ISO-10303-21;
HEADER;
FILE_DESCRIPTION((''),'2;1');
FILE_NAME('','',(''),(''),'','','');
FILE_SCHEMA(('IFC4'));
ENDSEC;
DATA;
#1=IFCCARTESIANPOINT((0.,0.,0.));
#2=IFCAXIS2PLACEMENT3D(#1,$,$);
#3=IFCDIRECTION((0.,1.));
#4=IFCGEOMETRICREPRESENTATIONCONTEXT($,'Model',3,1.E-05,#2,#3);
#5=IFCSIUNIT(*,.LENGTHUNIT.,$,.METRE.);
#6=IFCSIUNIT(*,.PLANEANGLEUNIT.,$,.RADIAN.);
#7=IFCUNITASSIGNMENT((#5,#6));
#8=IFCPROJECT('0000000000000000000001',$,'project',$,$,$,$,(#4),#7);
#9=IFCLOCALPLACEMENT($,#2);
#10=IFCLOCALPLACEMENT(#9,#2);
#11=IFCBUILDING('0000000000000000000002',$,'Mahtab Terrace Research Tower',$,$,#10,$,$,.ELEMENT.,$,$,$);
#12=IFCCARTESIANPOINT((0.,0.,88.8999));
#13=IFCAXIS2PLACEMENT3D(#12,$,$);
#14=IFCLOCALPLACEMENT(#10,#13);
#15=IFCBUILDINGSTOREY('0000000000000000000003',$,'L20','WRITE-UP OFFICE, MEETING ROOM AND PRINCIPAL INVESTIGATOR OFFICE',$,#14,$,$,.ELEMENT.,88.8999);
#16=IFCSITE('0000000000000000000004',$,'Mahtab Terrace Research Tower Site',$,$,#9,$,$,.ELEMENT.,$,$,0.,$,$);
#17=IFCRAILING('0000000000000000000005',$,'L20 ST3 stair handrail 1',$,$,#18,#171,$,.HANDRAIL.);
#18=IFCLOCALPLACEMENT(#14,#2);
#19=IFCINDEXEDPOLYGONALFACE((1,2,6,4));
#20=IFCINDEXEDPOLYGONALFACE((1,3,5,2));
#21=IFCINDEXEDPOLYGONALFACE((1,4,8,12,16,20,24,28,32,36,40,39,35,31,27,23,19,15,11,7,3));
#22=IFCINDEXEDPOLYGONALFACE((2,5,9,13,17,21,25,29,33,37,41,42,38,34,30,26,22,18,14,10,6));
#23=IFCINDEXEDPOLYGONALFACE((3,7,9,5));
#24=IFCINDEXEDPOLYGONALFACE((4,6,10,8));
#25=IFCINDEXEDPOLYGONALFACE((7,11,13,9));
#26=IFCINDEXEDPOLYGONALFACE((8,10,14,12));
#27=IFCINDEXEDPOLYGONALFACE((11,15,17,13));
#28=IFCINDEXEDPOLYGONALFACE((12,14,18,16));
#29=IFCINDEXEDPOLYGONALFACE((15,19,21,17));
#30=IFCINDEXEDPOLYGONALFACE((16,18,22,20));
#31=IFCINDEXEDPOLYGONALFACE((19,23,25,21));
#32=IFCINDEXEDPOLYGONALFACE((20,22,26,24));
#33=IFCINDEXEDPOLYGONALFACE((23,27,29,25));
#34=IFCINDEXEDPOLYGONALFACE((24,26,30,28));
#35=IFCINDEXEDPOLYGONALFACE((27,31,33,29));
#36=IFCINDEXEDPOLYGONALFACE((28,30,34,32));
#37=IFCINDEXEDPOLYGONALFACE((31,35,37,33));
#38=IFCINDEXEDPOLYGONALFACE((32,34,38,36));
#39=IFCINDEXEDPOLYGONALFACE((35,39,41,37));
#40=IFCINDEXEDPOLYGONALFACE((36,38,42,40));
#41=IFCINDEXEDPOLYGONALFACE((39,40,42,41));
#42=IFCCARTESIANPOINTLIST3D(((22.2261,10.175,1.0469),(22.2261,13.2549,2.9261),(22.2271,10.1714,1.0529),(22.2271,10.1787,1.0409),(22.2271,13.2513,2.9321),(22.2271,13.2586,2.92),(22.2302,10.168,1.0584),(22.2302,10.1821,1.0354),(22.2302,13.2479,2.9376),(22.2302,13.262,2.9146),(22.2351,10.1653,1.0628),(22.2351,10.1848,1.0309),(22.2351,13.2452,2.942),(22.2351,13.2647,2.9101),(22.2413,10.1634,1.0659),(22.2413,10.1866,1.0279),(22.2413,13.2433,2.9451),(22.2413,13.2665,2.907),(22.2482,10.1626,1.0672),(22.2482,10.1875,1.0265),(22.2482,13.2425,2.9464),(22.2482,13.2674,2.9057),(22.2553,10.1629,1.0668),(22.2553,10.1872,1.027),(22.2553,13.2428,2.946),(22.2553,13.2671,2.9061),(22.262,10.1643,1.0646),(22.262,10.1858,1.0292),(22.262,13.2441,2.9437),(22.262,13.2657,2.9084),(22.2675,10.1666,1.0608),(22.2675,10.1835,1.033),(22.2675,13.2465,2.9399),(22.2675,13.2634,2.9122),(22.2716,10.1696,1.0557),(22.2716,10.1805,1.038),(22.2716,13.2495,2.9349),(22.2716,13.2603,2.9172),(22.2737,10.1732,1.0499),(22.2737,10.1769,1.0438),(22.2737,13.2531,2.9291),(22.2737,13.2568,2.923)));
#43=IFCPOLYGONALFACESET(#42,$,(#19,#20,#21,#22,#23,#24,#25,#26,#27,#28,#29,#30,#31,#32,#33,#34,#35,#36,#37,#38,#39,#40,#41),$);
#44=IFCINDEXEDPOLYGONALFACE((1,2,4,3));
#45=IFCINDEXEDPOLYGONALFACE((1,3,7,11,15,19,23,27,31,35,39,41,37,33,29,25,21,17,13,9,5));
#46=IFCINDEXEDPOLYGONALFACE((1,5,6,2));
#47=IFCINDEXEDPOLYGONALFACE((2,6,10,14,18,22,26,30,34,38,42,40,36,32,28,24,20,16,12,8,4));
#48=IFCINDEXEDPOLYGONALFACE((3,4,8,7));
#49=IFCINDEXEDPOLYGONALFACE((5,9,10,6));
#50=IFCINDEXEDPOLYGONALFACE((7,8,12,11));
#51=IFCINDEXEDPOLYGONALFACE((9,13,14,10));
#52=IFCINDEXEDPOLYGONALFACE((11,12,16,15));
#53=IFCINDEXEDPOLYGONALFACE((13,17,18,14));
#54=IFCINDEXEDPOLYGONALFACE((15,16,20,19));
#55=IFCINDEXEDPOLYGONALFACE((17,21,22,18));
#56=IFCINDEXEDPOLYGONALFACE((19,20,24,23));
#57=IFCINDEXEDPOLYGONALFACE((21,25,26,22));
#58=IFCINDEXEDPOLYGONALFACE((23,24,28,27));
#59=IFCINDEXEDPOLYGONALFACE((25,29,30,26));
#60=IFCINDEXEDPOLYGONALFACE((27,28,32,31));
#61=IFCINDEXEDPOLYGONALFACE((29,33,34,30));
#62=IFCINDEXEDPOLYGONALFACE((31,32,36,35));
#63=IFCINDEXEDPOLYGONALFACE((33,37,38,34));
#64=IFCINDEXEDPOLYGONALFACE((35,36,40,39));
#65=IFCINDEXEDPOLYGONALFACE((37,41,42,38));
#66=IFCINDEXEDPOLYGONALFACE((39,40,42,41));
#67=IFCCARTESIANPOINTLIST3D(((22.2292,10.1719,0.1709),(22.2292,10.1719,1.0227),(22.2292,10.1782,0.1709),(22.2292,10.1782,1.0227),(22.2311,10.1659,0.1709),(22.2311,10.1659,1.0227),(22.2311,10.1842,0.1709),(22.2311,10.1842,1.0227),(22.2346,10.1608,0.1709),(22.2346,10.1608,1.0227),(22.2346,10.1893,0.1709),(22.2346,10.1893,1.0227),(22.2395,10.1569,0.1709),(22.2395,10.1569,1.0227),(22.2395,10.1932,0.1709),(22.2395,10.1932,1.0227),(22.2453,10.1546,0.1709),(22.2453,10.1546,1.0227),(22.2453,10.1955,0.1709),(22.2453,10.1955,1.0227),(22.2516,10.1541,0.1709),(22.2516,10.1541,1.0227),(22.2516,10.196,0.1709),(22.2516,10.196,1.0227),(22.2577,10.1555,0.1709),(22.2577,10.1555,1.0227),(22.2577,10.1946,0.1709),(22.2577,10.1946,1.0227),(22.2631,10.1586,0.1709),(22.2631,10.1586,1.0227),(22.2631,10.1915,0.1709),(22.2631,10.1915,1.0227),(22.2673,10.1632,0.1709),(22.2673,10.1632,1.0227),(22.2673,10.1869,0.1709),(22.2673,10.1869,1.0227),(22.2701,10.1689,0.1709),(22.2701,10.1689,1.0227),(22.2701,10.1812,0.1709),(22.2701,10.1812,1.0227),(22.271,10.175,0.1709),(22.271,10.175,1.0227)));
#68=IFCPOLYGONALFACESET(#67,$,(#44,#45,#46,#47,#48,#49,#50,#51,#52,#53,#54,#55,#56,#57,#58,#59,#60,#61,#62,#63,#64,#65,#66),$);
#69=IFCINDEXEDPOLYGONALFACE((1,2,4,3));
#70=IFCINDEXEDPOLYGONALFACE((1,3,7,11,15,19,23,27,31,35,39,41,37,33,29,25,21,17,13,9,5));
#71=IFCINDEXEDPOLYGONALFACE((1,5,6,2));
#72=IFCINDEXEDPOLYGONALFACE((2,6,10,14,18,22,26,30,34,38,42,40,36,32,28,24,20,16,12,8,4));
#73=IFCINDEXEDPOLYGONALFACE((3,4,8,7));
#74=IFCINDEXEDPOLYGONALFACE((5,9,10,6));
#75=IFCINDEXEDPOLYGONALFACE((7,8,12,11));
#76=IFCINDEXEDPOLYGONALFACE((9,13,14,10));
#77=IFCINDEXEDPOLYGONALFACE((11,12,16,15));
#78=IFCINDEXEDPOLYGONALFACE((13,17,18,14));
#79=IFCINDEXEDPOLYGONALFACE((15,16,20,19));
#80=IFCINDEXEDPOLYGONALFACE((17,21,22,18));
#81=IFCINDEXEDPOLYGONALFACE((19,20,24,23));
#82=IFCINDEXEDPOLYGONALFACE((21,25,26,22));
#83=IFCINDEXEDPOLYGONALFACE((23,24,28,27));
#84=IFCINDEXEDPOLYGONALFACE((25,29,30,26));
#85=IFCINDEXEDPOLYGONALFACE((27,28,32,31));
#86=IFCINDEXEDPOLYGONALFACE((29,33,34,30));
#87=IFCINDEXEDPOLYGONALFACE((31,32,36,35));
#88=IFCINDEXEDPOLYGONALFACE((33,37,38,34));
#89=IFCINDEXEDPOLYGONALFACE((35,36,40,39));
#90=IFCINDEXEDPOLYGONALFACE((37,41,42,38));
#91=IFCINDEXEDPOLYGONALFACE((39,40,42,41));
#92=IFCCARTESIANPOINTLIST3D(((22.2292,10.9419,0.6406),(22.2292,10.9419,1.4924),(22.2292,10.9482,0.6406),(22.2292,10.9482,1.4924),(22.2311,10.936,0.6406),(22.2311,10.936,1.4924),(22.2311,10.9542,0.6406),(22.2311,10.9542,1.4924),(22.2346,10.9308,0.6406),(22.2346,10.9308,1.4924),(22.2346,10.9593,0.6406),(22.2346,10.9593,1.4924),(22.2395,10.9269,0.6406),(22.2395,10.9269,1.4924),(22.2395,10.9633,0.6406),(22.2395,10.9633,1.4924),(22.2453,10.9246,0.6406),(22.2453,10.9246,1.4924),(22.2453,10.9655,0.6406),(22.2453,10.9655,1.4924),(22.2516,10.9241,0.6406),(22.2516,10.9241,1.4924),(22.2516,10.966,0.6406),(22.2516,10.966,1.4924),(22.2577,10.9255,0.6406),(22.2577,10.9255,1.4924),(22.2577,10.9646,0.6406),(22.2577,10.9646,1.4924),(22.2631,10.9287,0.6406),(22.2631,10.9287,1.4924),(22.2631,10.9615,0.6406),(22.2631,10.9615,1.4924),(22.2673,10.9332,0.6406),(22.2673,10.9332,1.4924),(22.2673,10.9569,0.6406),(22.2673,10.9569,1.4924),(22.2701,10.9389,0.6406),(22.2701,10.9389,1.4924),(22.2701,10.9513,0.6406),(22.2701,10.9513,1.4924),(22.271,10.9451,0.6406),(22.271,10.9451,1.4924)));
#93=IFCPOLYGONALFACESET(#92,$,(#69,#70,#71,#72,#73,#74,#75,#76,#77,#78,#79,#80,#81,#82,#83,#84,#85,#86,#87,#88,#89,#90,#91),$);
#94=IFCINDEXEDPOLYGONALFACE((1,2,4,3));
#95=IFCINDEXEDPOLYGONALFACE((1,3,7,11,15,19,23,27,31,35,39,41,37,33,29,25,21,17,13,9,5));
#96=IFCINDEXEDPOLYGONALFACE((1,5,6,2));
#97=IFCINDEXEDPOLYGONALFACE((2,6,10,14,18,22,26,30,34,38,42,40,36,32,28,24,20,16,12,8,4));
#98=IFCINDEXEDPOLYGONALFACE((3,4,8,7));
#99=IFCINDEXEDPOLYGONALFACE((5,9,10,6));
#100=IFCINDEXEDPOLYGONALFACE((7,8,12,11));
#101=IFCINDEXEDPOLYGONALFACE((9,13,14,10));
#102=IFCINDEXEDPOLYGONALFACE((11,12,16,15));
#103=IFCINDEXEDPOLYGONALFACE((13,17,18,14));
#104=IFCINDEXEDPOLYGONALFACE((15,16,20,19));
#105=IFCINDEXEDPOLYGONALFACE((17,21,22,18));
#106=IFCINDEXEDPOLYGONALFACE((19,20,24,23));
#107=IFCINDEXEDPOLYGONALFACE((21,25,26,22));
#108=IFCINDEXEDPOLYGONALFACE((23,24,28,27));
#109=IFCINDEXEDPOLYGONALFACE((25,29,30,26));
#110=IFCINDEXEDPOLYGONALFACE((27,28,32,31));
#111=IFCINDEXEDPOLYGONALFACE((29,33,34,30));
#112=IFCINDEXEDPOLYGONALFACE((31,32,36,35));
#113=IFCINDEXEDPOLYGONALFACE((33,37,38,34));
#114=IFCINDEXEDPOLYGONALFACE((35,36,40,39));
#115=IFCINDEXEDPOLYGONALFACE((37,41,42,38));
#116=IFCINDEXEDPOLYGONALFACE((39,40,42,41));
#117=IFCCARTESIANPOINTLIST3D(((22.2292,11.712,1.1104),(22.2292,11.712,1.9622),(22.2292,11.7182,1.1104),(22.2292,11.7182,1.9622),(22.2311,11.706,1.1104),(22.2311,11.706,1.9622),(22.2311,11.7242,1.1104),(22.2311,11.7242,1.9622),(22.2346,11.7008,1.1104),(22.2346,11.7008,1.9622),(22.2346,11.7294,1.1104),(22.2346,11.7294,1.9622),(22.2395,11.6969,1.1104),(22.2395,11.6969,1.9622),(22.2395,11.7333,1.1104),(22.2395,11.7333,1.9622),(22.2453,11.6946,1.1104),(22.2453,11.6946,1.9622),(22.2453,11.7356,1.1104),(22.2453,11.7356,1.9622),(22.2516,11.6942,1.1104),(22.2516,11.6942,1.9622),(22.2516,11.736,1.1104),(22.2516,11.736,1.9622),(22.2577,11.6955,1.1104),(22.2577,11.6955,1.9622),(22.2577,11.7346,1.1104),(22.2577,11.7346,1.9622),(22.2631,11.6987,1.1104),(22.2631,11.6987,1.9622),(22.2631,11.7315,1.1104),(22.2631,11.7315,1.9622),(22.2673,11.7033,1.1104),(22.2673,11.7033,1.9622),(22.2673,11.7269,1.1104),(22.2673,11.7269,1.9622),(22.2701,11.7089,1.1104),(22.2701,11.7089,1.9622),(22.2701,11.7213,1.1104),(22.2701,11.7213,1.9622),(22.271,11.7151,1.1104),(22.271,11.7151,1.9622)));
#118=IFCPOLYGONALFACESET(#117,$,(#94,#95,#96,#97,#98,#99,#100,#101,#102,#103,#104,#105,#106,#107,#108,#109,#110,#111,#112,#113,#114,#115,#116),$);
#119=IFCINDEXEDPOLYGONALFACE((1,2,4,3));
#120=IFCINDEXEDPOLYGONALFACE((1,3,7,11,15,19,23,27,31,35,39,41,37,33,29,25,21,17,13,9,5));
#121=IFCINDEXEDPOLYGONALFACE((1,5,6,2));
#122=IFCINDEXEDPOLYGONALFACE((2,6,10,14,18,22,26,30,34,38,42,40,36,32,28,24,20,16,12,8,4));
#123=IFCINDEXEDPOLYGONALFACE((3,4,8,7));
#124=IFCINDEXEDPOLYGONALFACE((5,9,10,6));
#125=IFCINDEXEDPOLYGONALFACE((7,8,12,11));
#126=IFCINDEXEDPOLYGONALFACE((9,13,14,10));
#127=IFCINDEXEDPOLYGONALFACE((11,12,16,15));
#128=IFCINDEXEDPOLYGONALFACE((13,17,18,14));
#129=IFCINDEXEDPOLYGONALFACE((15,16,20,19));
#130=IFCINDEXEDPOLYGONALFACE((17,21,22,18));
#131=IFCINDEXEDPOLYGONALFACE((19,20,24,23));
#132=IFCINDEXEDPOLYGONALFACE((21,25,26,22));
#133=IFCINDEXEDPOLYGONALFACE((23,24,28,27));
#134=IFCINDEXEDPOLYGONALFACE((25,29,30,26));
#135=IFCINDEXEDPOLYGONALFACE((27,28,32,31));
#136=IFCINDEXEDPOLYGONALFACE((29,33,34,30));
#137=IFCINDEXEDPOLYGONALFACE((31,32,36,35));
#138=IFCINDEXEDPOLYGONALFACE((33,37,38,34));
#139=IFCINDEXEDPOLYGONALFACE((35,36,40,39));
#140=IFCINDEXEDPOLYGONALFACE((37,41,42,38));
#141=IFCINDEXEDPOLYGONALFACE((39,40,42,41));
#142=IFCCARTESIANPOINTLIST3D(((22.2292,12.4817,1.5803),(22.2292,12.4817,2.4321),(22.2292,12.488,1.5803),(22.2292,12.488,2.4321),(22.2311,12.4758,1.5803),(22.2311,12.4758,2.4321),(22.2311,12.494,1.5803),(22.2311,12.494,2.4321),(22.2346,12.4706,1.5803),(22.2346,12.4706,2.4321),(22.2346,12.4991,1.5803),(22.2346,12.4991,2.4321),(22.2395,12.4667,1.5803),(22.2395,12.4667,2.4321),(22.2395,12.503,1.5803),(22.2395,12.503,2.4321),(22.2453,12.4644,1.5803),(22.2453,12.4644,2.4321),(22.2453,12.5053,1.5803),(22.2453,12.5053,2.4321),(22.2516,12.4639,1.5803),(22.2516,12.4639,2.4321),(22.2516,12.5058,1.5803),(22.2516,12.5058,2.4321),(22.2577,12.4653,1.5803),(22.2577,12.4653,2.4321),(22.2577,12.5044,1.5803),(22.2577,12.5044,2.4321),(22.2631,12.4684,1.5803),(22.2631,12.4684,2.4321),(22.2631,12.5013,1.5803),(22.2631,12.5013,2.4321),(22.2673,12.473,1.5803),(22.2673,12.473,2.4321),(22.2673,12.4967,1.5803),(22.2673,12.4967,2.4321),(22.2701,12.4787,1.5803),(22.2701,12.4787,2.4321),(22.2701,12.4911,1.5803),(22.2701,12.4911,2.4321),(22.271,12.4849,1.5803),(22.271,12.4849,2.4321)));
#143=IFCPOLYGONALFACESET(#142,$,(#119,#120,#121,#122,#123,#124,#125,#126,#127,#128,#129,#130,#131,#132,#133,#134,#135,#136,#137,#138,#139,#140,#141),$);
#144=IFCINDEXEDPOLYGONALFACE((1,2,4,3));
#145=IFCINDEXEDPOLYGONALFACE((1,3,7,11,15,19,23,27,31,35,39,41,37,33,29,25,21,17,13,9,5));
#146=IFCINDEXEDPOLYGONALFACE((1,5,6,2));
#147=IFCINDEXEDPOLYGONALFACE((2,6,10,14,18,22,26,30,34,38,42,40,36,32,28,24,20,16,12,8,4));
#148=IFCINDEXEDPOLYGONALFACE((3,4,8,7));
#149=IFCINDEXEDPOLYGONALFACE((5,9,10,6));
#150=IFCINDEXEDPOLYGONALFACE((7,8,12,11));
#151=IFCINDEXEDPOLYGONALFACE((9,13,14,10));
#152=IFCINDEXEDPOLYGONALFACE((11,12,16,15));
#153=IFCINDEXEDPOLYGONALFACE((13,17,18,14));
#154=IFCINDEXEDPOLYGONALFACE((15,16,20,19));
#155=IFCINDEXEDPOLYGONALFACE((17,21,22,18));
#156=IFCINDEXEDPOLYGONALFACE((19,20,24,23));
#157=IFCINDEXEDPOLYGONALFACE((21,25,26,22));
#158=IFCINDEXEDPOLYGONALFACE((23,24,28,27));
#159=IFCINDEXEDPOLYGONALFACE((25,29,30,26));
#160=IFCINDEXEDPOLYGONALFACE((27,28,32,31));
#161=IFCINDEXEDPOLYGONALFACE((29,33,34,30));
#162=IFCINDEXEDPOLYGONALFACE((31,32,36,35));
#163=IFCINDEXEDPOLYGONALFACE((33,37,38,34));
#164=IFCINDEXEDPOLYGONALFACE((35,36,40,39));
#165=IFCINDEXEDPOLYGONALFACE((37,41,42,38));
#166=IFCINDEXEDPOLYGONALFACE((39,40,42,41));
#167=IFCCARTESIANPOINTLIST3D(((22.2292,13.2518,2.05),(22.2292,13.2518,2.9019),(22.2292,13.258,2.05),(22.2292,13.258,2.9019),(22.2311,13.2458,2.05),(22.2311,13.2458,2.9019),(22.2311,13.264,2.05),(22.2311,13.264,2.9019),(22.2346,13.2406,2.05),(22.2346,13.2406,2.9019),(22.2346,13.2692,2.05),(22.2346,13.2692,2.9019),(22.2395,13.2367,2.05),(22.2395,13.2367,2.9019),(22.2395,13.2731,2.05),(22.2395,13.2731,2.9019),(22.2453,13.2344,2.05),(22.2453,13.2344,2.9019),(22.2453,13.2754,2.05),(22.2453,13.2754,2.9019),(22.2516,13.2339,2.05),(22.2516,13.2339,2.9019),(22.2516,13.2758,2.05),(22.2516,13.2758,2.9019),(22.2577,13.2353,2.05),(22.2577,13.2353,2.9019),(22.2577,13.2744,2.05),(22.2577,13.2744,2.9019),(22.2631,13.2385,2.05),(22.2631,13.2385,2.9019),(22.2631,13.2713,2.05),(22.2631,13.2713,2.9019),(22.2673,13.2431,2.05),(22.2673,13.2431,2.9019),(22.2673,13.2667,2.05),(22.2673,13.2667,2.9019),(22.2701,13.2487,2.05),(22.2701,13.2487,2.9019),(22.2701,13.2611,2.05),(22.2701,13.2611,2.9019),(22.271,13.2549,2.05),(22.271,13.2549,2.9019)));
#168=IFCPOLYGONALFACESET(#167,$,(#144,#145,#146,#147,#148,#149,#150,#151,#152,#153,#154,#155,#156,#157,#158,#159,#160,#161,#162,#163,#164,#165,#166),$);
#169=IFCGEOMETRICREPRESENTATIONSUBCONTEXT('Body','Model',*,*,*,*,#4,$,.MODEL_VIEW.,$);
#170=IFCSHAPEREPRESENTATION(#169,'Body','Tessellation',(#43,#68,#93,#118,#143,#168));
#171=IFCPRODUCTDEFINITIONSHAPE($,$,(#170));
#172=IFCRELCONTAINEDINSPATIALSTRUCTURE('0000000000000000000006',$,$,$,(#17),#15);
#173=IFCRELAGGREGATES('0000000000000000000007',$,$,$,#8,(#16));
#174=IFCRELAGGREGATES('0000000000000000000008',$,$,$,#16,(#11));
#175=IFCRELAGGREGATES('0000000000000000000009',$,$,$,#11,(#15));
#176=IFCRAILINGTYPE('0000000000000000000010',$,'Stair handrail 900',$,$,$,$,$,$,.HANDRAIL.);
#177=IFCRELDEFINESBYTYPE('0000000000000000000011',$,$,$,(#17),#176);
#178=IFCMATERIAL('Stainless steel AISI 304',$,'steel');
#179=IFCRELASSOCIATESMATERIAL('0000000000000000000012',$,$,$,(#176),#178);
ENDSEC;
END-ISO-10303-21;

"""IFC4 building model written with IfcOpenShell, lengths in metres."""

from ifc_helpers import new_model, si_unit, direction, frame, origin, origin_2d, place, context, subcontext, project, spatial, circle, extrude, material, type_object, element, save


model = new_model("IFC4")

# Units and contexts
model_context = context("Model", 3, precision=1e-05, world=origin(), true_north=direction((0.0, 1.0)))
body_context = subcontext(model_context, "Body", "Model", "MODEL_VIEW")
ifc_project = project(units=[si_unit("LENGTHUNIT", "METRE"), si_unit("PLANEANGLEUNIT", "RADIAN")], contexts=[model_context])

# Site, building, storey
site_placement = place(None, origin())
site = spatial("IfcSite", under=ifc_project, at=site_placement, Name="Mahtab Terrace Research Tower Site", CompositionType="ELEMENT", RefElevation=0.0)
building_placement = place(site_placement, origin())
building = spatial("IfcBuilding", under=site, at=building_placement, Name="Mahtab Terrace Research Tower", CompositionType="ELEMENT")
storey_placement = place(building_placement, frame((0.0, 0.0, 88.8999)))
storey = spatial("IfcBuildingStorey", under=building, at=storey_placement, Name="L20", Description="WRITE-UP OFFICE, MEETING ROOM AND PRINCIPAL INVESTIGATOR OFFICE", CompositionType="ELEMENT", Elevation=88.8999)

# Shared definitions
ifc_material_1 = material(Name="Stainless steel AISI 304", Category="steel")

# Railing
railing_type_1 = type_object("IfcRailingType", Name="Stair handrail 900", PredefinedType="HANDRAIL", material=ifc_material_1)
railing_1_placement = place(storey_placement, frame((22.25, 10.175, 0.1709)))
element("IfcRailing", 1, at=railing_1_placement, inside=storey, type_object=railing_type_1, Name="L20 ST3 stair handrail 1", PredefinedType="HANDRAIL", context=body_context, shape_type="SweptSolid", body=[
    extrude(circle(Radius=0.0239, at=origin_2d()), frame((0.0, 0.0, 0.876), z_axis=(0.0, 0.853648, 0.52085), x_axis=(-1.0, 0.0, 0.0)), (0.0, 0.0, 1.0), 3.6079),
    extrude(circle(Radius=0.021, at=origin_2d()), origin(), (0.0, 0.0, 1.0), 0.8518),
    extrude(circle(Radius=0.021, at=origin_2d()), frame((0.0, 0.77, 0.4697)), (0.0, 0.0, 1.0), 0.8518),
    extrude(circle(Radius=0.021, at=origin_2d()), frame((0.0, 1.54, 0.9395)), (0.0, 0.0, 1.0), 0.8518),
    extrude(circle(Radius=0.021, at=origin_2d()), frame((0.0, 2.3098, 1.4094)), (0.0, 0.0, 1.0), 0.8518),
    extrude(circle(Radius=0.021, at=origin_2d()), frame((0.0, 3.0798, 1.8792)), (0.0, 0.0, 1.0), 0.8518),
])

save(model, "model.ifc")
